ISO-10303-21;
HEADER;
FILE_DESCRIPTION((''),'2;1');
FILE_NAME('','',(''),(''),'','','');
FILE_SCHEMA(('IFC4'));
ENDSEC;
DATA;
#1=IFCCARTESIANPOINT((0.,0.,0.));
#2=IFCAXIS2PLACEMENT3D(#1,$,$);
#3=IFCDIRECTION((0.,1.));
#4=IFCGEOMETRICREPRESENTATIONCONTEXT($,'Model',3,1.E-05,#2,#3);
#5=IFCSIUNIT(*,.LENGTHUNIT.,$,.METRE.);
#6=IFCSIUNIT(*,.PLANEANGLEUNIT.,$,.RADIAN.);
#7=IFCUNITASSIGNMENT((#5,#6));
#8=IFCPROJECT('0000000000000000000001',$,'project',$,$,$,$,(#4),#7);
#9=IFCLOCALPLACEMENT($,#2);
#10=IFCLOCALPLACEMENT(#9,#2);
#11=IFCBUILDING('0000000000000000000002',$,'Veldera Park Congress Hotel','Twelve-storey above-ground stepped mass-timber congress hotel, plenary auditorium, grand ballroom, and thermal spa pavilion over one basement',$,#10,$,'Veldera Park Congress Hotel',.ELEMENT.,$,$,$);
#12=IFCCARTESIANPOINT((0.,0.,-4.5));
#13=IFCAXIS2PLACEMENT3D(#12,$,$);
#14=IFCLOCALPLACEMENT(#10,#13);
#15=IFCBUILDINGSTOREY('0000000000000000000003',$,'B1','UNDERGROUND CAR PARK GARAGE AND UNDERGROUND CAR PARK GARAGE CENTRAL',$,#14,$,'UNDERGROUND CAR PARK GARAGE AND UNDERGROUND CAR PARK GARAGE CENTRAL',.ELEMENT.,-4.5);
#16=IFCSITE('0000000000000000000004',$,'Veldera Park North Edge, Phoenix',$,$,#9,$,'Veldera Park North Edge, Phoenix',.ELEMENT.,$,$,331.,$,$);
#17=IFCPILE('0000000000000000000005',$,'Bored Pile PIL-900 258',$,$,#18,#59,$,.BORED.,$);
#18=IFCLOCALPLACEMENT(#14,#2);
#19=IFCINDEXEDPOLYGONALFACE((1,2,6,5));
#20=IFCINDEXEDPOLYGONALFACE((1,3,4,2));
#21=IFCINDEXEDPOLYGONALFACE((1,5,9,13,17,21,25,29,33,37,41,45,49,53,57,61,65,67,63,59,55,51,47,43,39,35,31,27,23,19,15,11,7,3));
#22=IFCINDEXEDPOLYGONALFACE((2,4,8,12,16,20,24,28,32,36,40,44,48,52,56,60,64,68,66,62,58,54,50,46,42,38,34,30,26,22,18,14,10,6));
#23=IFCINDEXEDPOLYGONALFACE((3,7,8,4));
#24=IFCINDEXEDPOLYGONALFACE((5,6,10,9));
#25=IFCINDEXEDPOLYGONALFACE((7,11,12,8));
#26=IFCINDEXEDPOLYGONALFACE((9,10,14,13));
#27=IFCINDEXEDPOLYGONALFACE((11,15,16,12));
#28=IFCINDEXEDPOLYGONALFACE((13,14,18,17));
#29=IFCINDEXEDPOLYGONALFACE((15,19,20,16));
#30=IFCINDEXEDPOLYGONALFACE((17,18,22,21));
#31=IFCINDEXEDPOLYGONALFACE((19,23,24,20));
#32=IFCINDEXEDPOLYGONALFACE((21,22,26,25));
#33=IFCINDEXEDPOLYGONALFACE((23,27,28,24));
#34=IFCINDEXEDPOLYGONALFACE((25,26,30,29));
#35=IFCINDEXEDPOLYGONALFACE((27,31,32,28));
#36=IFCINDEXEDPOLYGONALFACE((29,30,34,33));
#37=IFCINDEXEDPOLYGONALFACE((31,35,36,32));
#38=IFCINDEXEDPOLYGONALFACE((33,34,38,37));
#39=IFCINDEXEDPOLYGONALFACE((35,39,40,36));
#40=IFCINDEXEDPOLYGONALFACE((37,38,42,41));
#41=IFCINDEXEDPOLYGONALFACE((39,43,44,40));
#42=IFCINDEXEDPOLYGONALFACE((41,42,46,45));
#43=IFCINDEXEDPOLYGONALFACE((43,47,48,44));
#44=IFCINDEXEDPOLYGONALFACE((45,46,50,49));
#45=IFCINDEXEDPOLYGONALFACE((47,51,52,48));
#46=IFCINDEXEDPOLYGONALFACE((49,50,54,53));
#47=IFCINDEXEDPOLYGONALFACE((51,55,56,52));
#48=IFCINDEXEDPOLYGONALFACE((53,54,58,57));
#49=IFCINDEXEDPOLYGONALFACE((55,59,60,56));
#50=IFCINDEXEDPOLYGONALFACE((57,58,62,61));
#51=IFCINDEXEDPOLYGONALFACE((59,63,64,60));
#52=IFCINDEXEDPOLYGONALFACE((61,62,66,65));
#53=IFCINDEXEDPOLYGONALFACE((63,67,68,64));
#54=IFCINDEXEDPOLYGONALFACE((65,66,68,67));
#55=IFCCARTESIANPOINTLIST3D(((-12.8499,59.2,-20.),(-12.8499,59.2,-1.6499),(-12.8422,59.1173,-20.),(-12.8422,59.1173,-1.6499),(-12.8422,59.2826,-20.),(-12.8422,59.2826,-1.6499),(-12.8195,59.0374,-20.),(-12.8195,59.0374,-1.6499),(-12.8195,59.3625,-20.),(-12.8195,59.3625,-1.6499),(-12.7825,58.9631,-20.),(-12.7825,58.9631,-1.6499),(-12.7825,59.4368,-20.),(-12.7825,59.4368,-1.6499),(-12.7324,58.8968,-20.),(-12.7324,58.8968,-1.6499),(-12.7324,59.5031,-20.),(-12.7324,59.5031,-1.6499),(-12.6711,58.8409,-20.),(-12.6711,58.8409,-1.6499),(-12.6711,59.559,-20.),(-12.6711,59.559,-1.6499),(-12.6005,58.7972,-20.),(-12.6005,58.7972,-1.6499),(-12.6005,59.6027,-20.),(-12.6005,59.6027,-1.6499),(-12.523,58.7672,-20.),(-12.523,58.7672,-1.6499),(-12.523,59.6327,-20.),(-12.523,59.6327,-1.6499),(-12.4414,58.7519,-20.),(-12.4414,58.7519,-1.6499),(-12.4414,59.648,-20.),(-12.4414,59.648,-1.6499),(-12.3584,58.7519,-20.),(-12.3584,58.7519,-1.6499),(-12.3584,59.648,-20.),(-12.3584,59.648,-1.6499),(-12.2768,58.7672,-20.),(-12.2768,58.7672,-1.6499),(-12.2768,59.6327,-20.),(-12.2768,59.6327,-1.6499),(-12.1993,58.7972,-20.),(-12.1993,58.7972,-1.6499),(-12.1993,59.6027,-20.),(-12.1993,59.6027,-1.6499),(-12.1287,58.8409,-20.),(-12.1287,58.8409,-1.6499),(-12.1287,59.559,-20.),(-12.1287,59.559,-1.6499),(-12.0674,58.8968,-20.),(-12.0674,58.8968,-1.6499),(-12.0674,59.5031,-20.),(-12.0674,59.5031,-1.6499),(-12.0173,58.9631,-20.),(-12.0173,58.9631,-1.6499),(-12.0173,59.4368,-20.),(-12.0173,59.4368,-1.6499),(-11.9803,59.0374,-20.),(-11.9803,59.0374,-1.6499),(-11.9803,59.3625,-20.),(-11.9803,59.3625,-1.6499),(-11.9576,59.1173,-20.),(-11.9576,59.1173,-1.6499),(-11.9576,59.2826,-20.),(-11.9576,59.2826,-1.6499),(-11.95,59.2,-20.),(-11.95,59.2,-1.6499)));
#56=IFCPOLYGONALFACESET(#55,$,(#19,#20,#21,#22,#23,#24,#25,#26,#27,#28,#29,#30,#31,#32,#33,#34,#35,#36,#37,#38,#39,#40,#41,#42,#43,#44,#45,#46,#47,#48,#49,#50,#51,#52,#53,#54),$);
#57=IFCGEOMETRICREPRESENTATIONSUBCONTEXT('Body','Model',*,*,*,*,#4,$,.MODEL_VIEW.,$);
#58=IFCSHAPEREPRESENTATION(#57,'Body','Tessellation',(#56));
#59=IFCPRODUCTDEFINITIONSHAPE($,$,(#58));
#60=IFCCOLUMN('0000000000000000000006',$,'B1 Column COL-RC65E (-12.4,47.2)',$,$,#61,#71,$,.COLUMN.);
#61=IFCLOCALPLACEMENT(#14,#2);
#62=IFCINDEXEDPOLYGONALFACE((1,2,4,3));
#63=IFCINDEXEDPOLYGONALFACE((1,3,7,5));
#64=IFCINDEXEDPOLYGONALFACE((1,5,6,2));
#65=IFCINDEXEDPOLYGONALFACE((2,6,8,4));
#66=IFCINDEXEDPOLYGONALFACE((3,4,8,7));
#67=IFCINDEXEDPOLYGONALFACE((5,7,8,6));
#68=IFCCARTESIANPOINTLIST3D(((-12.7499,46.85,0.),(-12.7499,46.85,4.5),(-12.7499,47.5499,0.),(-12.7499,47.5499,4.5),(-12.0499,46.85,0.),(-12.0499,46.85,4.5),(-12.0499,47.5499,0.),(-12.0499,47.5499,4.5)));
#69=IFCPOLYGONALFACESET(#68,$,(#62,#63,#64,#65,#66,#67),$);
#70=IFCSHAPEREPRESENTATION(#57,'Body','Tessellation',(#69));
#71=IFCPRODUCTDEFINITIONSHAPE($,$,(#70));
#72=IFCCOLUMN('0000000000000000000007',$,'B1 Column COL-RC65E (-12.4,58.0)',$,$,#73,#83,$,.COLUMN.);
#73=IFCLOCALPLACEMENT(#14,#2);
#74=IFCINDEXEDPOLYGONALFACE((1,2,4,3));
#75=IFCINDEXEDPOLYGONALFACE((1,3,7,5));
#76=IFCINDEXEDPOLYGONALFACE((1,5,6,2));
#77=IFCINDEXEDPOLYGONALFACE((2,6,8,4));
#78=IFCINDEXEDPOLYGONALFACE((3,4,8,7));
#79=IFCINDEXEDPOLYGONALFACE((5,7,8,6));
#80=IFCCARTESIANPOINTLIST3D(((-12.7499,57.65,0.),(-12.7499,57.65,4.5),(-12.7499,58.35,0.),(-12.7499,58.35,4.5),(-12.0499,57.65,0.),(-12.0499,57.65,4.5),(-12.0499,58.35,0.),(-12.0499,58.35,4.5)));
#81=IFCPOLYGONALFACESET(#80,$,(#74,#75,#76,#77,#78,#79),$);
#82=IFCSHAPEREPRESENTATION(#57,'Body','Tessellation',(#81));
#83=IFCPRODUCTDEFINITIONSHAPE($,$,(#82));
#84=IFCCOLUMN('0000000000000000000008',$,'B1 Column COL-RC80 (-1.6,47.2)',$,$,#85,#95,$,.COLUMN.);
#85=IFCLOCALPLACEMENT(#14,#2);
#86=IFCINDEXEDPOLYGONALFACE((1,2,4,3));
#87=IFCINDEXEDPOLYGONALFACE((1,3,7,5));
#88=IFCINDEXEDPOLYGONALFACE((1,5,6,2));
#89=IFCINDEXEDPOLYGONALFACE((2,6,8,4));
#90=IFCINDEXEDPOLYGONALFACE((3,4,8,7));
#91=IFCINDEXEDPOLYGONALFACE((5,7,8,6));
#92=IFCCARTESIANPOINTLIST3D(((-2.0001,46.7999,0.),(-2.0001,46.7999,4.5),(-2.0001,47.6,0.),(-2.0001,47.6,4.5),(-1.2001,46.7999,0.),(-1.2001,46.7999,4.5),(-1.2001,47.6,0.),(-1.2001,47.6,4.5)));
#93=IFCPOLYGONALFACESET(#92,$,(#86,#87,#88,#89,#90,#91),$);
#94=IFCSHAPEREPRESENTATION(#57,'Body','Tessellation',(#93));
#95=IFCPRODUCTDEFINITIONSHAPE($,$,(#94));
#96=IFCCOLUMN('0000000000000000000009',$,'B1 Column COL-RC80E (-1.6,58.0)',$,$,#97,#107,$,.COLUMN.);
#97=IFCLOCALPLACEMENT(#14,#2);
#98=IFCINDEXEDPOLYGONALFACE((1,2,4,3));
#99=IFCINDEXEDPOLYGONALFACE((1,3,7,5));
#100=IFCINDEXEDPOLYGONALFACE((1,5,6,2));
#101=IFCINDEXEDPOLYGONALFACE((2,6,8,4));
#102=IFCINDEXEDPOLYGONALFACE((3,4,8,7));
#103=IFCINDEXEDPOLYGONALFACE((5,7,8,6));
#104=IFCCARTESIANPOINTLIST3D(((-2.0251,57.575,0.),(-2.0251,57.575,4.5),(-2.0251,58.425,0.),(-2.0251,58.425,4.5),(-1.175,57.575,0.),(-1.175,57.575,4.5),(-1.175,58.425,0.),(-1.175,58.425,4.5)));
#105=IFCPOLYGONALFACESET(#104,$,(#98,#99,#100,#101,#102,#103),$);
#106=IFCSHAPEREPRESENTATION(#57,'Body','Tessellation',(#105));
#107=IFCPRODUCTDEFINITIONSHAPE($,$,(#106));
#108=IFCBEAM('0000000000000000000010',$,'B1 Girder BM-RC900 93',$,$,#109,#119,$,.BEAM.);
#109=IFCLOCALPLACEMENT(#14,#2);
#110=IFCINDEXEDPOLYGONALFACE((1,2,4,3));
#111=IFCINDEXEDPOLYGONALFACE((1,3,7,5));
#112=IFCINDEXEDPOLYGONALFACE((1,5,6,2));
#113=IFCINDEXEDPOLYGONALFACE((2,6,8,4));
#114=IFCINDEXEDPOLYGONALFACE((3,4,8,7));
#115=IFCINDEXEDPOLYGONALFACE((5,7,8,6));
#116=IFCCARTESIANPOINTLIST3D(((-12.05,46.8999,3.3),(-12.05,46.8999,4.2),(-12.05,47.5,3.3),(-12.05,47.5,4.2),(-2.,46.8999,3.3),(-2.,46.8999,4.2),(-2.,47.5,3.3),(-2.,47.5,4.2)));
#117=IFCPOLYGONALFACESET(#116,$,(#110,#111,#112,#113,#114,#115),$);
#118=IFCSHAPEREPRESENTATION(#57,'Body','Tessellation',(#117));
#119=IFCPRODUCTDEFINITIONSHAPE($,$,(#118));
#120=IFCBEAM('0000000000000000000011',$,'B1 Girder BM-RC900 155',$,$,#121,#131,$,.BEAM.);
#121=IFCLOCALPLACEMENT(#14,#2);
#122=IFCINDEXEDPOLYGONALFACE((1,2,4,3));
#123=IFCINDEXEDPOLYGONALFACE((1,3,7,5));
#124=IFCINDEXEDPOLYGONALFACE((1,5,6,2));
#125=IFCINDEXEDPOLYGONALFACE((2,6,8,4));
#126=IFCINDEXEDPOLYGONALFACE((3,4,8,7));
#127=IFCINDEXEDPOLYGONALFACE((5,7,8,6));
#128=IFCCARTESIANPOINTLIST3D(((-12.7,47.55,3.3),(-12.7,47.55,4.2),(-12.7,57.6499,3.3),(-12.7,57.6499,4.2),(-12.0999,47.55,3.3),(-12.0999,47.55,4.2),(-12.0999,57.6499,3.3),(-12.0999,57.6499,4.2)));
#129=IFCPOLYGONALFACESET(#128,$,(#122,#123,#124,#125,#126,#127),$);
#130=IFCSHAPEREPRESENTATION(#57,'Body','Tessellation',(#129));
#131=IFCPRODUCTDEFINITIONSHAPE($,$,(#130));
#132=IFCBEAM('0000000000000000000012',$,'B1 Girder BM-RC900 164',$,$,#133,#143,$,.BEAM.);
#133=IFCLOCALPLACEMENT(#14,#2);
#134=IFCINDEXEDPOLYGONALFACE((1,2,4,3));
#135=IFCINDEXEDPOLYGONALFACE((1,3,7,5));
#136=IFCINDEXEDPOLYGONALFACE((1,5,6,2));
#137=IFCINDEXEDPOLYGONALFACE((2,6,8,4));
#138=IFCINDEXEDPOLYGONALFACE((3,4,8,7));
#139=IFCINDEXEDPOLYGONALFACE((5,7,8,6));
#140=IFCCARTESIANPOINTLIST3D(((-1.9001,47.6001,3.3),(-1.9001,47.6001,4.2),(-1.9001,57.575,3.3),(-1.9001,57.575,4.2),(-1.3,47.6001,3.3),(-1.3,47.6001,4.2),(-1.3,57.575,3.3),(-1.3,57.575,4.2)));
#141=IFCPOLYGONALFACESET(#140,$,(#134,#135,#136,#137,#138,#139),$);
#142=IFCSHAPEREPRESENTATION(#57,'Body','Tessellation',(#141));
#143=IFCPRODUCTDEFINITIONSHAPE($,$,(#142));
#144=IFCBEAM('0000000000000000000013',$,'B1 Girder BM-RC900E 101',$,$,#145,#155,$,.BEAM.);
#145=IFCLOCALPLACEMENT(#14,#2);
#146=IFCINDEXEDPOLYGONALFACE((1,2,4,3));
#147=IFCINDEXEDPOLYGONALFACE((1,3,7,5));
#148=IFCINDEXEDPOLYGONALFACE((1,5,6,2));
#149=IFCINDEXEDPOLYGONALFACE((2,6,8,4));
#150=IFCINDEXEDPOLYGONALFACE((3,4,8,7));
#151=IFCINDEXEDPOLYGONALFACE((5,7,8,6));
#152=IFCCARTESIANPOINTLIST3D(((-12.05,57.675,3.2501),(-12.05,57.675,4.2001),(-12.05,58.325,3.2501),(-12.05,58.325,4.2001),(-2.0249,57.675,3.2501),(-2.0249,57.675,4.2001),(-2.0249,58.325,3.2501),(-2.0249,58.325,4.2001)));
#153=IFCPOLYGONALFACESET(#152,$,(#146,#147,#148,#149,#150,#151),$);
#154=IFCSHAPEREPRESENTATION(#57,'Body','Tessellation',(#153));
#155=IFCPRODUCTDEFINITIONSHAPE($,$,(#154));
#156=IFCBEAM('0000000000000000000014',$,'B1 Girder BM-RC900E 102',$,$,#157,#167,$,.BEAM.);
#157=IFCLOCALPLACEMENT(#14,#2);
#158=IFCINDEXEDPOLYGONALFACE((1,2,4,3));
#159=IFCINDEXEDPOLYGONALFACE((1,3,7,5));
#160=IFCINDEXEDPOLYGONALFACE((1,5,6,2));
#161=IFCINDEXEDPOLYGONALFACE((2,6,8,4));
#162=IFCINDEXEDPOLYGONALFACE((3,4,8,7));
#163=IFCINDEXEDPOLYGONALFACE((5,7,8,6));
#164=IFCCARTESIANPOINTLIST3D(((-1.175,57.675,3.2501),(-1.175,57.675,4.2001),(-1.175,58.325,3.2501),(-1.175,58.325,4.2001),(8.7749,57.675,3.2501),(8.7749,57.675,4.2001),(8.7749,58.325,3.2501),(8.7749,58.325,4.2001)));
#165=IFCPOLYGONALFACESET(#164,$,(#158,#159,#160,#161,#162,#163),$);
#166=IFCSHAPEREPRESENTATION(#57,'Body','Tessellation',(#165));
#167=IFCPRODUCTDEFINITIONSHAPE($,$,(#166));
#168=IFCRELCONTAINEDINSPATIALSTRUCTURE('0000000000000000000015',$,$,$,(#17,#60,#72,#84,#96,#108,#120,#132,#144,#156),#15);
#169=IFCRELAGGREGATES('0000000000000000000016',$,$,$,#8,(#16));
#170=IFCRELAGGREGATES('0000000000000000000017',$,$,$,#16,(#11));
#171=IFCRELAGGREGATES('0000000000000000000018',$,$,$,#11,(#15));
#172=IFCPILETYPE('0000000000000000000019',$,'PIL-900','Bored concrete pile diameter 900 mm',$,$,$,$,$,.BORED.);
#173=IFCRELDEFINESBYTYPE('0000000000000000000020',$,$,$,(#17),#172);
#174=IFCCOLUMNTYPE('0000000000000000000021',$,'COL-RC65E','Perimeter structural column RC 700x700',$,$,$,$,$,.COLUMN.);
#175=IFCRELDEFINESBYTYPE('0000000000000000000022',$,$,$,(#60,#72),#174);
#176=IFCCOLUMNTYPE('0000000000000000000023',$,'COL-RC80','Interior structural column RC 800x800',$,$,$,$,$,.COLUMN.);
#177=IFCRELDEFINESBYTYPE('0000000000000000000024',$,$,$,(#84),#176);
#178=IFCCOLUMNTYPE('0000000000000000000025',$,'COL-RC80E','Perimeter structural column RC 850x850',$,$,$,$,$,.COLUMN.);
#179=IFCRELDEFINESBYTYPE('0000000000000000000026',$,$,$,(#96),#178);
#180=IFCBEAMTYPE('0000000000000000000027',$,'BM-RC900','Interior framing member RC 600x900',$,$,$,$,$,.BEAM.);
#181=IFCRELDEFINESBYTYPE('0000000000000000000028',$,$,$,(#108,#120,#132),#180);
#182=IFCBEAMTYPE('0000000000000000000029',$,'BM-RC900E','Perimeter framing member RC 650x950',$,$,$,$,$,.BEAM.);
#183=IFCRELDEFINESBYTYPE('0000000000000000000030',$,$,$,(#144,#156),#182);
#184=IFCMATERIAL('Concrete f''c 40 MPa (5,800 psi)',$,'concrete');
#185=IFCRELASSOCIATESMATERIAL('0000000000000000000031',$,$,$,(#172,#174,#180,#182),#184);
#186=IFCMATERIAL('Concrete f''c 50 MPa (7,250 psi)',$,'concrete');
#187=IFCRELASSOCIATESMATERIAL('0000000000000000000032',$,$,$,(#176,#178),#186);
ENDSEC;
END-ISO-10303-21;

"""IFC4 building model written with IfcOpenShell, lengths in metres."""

from ifc_helpers import new_model, si_unit, direction, frame, origin, origin_2d, place, context, subcontext, project, spatial, rectangle, circle, extrude, material, material_profile, profile_set, type_object, element, save


model = new_model("IFC4")

# Units and contexts
model_context = context("Model", 3, precision=1e-05, world=origin(), true_north=direction((0.0, 1.0)))
body_context = subcontext(model_context, "Body", "Model", "MODEL_VIEW")
ifc_project = project(units=[si_unit("LENGTHUNIT", "METRE"), si_unit("PLANEANGLEUNIT", "RADIAN")], contexts=[model_context])

# Site, building, storey
site_placement = place(None, origin())
site = spatial("IfcSite", under=ifc_project, at=site_placement, Name="Veldera Park North Edge, Phoenix", LongName="Veldera Park North Edge, Phoenix", CompositionType="ELEMENT", RefElevation=331.0)
building_placement = place(site_placement, origin())
building = spatial("IfcBuilding", under=site, at=building_placement, Name="Veldera Park Congress Hotel", Description="Twelve-storey above-ground stepped mass-timber congress hotel, plenary auditorium, grand ballroom, and thermal spa pavilion over one basement", LongName="Veldera Park Congress Hotel", CompositionType="ELEMENT")
storey_placement = place(building_placement, frame((0.0, 0.0, -4.5)))
storey = spatial("IfcBuildingStorey", under=building, at=storey_placement, Name="B1", Description="UNDERGROUND CAR PARK GARAGE AND UNDERGROUND CAR PARK GARAGE CENTRAL", LongName="UNDERGROUND CAR PARK GARAGE AND UNDERGROUND CAR PARK GARAGE CENTRAL", CompositionType="ELEMENT", Elevation=-4.5)

# Shared definitions
ifc_material_1 = material(Name="Concrete f'c 40 MPa (5,800 psi)", Category="concrete")

# Pile
ifc_material_profile_1 = material_profile(ifc_material_1, circle(Radius=0.45, at=origin_2d()), Name="PILE D900")
ifc_profile_set_1 = profile_set([ifc_material_profile_1], Name="Concrete f'c 40 MPa (5,800 psi)")
pile_type_1 = type_object("IfcPileType", Name="PIL-900", Description="Bored concrete pile diameter 900 mm", PredefinedType="BORED", material=ifc_profile_set_1)
for number, where, z_axis, x_axis, name in (
    (1, (-12.3999, 59.2, -1.6499), (0.0, 0.0, -1.0), (1.0, 0.0, 0.0), "Bored Pile PIL-900 258"),
):
    element("IfcPile", number, at=place(storey_placement, frame(where, z_axis=z_axis, x_axis=x_axis)), inside=storey, type_object=pile_type_1, Name=name, PredefinedType="BORED", context=body_context, shape_type="SweptSolid", body=[
        extrude(circle(Radius=0.45, at=origin_2d()), origin(), (0.0, 0.0, 1.0), 18.3501),
    ])

# Columns
ifc_material_profile_2 = material_profile(ifc_material_1, rectangle(XDim=0.7, YDim=0.7, at=origin_2d()), Name="RC 700x700")
ifc_profile_set_2 = profile_set([ifc_material_profile_2], Name="Concrete f'c 40 MPa (5,800 psi)")
column_type_1 = type_object("IfcColumnType", Name="COL-RC65E", Description="Perimeter structural column RC 700x700", PredefinedType="COLUMN", material=ifc_profile_set_2)
for number, where, z_axis, x_axis, name in (
    (2, (-12.3999, 47.2, 0.0), (0.0, 0.0, 1.0), (1.0, 0.0, 0.0), "B1 Column COL-RC65E (-12.4,47.2)"),
    (3, (-12.3999, 58.0, 0.0), (0.0, 0.0, 1.0), (1.0, 0.0, 0.0), "B1 Column COL-RC65E (-12.4,58.0)"),
):
    element("IfcColumn", number, at=place(storey_placement, frame(where, z_axis=z_axis, x_axis=x_axis)), inside=storey, type_object=column_type_1, Name=name, PredefinedType="COLUMN", context=body_context, shape_type="SweptSolid", body=[
        extrude(rectangle(XDim=0.7, YDim=0.7, at=origin_2d()), origin(), (0.0, 0.0, 1.0), 4.5),
    ])
ifc_material_2 = material(Name="Concrete f'c 50 MPa (7,250 psi)", Category="concrete")
ifc_material_profile_3 = material_profile(ifc_material_2, rectangle(XDim=0.8, YDim=0.8, at=origin_2d()), Name="RC 800x800")
ifc_profile_set_3 = profile_set([ifc_material_profile_3], Name="Concrete f'c 50 MPa (7,250 psi)")
column_type_2 = type_object("IfcColumnType", Name="COL-RC80", Description="Interior structural column RC 800x800", PredefinedType="COLUMN", material=ifc_profile_set_3)
column_1_placement = place(storey_placement, frame((-1.6001, 47.2, 0.0), z_axis=(0.0, 0.0, 1.0), x_axis=(1.0, 0.0, 0.0)))
element("IfcColumn", 4, at=column_1_placement, inside=storey, type_object=column_type_2, Name="B1 Column COL-RC80 (-1.6,47.2)", PredefinedType="COLUMN", context=body_context, shape_type="SweptSolid", body=[
    extrude(rectangle(XDim=0.8, YDim=0.8, at=origin_2d()), origin(), (0.0, 0.0, 1.0), 4.5),
])
ifc_material_profile_4 = material_profile(ifc_material_2, rectangle(XDim=0.8501, YDim=0.8501, at=origin_2d()), Name="RC 850x850")
ifc_profile_set_4 = profile_set([ifc_material_profile_4], Name="Concrete f'c 50 MPa (7,250 psi)")
column_type_3 = type_object("IfcColumnType", Name="COL-RC80E", Description="Perimeter structural column RC 850x850", PredefinedType="COLUMN", material=ifc_profile_set_4)
column_2_placement = place(storey_placement, frame((-1.6001, 58.0, 0.0), z_axis=(0.0, 0.0, 1.0), x_axis=(1.0, 0.0, 0.0)))
element("IfcColumn", 5, at=column_2_placement, inside=storey, type_object=column_type_3, Name="B1 Column COL-RC80E (-1.6,58.0)", PredefinedType="COLUMN", context=body_context, shape_type="SweptSolid", body=[
    extrude(rectangle(XDim=0.8501, YDim=0.8501, at=origin_2d()), origin(), (0.0, 0.0, 1.0), 4.5),
])

# Beams
ifc_material_profile_5 = material_profile(ifc_material_1, rectangle(XDim=0.6001, YDim=0.8999, at=origin_2d()), Name="RC 600x900")
ifc_profile_set_5 = profile_set([ifc_material_profile_5], Name="Concrete f'c 40 MPa (5,800 psi)")
beam_type_1 = type_object("IfcBeamType", Name="BM-RC900", Description="Interior framing member RC 600x900", PredefinedType="BEAM", material=ifc_profile_set_5)
beam_1_placement = place(storey_placement, frame((-12.05, 47.2, 3.75), z_axis=(1.0, 0.0, 0.0), x_axis=(0.0, 1.0, 0.0)))
element("IfcBeam", 6, at=beam_1_placement, inside=storey, type_object=beam_type_1, Name="B1 Girder BM-RC900 93", PredefinedType="BEAM", context=body_context, shape_type="SweptSolid", body=[
    extrude(rectangle(XDim=0.6001, YDim=0.8999, at=origin_2d()), origin(), (0.0, 0.0, 1.0), 10.05),
])
beam_2_placement = place(storey_placement, frame((-12.3999, 47.55, 3.75), z_axis=(0.0, 1.0, 0.0), x_axis=(-1.0, 0.0, 0.0)))
element("IfcBeam", 7, at=beam_2_placement, inside=storey, type_object=beam_type_1, Name="B1 Girder BM-RC900 155", PredefinedType="BEAM", context=body_context, shape_type="SweptSolid", body=[
    extrude(rectangle(XDim=0.6001, YDim=0.8999, at=origin_2d()), origin(), (0.0, 0.0, 1.0), 10.0999),
])
beam_3_placement = place(storey_placement, frame((-1.6001, 47.6001, 3.75), z_axis=(0.0, 1.0, 0.0), x_axis=(-1.0, 0.0, 0.0)))
element("IfcBeam", 8, at=beam_3_placement, inside=storey, type_object=beam_type_1, Name="B1 Girder BM-RC900 164", PredefinedType="BEAM", context=body_context, shape_type="SweptSolid", body=[
    extrude(rectangle(XDim=0.6001, YDim=0.8999, at=origin_2d()), origin(), (0.0, 0.0, 1.0), 9.9749),
])
ifc_material_profile_6 = material_profile(ifc_material_1, rectangle(XDim=0.6499, YDim=0.95, at=origin_2d()), Name="RC 650x950")
ifc_profile_set_6 = profile_set([ifc_material_profile_6], Name="Concrete f'c 40 MPa (5,800 psi)")
beam_type_2 = type_object("IfcBeamType", Name="BM-RC900E", Description="Perimeter framing member RC 650x950", PredefinedType="BEAM", material=ifc_profile_set_6)
beam_4_placement = place(storey_placement, frame((-12.05, 58.0, 3.7251), z_axis=(1.0, 0.0, 0.0), x_axis=(0.0, 1.0, 0.0)))
element("IfcBeam", 9, at=beam_4_placement, inside=storey, type_object=beam_type_2, Name="B1 Girder BM-RC900E 101", PredefinedType="BEAM", context=body_context, shape_type="SweptSolid", body=[
    extrude(rectangle(XDim=0.6499, YDim=0.95, at=origin_2d()), origin(), (0.0, 0.0, 1.0), 10.0251),
])
beam_5_placement = place(storey_placement, frame((-1.175, 58.0, 3.7251), z_axis=(1.0, 0.0, 0.0), x_axis=(0.0, 1.0, 0.0)))
element("IfcBeam", 10, at=beam_5_placement, inside=storey, type_object=beam_type_2, Name="B1 Girder BM-RC900E 102", PredefinedType="BEAM", context=body_context, shape_type="SweptSolid", body=[
    extrude(rectangle(XDim=0.6499, YDim=0.95, at=origin_2d()), origin(), (0.0, 0.0, 1.0), 9.95),
])

save(model, "model.ifc")
